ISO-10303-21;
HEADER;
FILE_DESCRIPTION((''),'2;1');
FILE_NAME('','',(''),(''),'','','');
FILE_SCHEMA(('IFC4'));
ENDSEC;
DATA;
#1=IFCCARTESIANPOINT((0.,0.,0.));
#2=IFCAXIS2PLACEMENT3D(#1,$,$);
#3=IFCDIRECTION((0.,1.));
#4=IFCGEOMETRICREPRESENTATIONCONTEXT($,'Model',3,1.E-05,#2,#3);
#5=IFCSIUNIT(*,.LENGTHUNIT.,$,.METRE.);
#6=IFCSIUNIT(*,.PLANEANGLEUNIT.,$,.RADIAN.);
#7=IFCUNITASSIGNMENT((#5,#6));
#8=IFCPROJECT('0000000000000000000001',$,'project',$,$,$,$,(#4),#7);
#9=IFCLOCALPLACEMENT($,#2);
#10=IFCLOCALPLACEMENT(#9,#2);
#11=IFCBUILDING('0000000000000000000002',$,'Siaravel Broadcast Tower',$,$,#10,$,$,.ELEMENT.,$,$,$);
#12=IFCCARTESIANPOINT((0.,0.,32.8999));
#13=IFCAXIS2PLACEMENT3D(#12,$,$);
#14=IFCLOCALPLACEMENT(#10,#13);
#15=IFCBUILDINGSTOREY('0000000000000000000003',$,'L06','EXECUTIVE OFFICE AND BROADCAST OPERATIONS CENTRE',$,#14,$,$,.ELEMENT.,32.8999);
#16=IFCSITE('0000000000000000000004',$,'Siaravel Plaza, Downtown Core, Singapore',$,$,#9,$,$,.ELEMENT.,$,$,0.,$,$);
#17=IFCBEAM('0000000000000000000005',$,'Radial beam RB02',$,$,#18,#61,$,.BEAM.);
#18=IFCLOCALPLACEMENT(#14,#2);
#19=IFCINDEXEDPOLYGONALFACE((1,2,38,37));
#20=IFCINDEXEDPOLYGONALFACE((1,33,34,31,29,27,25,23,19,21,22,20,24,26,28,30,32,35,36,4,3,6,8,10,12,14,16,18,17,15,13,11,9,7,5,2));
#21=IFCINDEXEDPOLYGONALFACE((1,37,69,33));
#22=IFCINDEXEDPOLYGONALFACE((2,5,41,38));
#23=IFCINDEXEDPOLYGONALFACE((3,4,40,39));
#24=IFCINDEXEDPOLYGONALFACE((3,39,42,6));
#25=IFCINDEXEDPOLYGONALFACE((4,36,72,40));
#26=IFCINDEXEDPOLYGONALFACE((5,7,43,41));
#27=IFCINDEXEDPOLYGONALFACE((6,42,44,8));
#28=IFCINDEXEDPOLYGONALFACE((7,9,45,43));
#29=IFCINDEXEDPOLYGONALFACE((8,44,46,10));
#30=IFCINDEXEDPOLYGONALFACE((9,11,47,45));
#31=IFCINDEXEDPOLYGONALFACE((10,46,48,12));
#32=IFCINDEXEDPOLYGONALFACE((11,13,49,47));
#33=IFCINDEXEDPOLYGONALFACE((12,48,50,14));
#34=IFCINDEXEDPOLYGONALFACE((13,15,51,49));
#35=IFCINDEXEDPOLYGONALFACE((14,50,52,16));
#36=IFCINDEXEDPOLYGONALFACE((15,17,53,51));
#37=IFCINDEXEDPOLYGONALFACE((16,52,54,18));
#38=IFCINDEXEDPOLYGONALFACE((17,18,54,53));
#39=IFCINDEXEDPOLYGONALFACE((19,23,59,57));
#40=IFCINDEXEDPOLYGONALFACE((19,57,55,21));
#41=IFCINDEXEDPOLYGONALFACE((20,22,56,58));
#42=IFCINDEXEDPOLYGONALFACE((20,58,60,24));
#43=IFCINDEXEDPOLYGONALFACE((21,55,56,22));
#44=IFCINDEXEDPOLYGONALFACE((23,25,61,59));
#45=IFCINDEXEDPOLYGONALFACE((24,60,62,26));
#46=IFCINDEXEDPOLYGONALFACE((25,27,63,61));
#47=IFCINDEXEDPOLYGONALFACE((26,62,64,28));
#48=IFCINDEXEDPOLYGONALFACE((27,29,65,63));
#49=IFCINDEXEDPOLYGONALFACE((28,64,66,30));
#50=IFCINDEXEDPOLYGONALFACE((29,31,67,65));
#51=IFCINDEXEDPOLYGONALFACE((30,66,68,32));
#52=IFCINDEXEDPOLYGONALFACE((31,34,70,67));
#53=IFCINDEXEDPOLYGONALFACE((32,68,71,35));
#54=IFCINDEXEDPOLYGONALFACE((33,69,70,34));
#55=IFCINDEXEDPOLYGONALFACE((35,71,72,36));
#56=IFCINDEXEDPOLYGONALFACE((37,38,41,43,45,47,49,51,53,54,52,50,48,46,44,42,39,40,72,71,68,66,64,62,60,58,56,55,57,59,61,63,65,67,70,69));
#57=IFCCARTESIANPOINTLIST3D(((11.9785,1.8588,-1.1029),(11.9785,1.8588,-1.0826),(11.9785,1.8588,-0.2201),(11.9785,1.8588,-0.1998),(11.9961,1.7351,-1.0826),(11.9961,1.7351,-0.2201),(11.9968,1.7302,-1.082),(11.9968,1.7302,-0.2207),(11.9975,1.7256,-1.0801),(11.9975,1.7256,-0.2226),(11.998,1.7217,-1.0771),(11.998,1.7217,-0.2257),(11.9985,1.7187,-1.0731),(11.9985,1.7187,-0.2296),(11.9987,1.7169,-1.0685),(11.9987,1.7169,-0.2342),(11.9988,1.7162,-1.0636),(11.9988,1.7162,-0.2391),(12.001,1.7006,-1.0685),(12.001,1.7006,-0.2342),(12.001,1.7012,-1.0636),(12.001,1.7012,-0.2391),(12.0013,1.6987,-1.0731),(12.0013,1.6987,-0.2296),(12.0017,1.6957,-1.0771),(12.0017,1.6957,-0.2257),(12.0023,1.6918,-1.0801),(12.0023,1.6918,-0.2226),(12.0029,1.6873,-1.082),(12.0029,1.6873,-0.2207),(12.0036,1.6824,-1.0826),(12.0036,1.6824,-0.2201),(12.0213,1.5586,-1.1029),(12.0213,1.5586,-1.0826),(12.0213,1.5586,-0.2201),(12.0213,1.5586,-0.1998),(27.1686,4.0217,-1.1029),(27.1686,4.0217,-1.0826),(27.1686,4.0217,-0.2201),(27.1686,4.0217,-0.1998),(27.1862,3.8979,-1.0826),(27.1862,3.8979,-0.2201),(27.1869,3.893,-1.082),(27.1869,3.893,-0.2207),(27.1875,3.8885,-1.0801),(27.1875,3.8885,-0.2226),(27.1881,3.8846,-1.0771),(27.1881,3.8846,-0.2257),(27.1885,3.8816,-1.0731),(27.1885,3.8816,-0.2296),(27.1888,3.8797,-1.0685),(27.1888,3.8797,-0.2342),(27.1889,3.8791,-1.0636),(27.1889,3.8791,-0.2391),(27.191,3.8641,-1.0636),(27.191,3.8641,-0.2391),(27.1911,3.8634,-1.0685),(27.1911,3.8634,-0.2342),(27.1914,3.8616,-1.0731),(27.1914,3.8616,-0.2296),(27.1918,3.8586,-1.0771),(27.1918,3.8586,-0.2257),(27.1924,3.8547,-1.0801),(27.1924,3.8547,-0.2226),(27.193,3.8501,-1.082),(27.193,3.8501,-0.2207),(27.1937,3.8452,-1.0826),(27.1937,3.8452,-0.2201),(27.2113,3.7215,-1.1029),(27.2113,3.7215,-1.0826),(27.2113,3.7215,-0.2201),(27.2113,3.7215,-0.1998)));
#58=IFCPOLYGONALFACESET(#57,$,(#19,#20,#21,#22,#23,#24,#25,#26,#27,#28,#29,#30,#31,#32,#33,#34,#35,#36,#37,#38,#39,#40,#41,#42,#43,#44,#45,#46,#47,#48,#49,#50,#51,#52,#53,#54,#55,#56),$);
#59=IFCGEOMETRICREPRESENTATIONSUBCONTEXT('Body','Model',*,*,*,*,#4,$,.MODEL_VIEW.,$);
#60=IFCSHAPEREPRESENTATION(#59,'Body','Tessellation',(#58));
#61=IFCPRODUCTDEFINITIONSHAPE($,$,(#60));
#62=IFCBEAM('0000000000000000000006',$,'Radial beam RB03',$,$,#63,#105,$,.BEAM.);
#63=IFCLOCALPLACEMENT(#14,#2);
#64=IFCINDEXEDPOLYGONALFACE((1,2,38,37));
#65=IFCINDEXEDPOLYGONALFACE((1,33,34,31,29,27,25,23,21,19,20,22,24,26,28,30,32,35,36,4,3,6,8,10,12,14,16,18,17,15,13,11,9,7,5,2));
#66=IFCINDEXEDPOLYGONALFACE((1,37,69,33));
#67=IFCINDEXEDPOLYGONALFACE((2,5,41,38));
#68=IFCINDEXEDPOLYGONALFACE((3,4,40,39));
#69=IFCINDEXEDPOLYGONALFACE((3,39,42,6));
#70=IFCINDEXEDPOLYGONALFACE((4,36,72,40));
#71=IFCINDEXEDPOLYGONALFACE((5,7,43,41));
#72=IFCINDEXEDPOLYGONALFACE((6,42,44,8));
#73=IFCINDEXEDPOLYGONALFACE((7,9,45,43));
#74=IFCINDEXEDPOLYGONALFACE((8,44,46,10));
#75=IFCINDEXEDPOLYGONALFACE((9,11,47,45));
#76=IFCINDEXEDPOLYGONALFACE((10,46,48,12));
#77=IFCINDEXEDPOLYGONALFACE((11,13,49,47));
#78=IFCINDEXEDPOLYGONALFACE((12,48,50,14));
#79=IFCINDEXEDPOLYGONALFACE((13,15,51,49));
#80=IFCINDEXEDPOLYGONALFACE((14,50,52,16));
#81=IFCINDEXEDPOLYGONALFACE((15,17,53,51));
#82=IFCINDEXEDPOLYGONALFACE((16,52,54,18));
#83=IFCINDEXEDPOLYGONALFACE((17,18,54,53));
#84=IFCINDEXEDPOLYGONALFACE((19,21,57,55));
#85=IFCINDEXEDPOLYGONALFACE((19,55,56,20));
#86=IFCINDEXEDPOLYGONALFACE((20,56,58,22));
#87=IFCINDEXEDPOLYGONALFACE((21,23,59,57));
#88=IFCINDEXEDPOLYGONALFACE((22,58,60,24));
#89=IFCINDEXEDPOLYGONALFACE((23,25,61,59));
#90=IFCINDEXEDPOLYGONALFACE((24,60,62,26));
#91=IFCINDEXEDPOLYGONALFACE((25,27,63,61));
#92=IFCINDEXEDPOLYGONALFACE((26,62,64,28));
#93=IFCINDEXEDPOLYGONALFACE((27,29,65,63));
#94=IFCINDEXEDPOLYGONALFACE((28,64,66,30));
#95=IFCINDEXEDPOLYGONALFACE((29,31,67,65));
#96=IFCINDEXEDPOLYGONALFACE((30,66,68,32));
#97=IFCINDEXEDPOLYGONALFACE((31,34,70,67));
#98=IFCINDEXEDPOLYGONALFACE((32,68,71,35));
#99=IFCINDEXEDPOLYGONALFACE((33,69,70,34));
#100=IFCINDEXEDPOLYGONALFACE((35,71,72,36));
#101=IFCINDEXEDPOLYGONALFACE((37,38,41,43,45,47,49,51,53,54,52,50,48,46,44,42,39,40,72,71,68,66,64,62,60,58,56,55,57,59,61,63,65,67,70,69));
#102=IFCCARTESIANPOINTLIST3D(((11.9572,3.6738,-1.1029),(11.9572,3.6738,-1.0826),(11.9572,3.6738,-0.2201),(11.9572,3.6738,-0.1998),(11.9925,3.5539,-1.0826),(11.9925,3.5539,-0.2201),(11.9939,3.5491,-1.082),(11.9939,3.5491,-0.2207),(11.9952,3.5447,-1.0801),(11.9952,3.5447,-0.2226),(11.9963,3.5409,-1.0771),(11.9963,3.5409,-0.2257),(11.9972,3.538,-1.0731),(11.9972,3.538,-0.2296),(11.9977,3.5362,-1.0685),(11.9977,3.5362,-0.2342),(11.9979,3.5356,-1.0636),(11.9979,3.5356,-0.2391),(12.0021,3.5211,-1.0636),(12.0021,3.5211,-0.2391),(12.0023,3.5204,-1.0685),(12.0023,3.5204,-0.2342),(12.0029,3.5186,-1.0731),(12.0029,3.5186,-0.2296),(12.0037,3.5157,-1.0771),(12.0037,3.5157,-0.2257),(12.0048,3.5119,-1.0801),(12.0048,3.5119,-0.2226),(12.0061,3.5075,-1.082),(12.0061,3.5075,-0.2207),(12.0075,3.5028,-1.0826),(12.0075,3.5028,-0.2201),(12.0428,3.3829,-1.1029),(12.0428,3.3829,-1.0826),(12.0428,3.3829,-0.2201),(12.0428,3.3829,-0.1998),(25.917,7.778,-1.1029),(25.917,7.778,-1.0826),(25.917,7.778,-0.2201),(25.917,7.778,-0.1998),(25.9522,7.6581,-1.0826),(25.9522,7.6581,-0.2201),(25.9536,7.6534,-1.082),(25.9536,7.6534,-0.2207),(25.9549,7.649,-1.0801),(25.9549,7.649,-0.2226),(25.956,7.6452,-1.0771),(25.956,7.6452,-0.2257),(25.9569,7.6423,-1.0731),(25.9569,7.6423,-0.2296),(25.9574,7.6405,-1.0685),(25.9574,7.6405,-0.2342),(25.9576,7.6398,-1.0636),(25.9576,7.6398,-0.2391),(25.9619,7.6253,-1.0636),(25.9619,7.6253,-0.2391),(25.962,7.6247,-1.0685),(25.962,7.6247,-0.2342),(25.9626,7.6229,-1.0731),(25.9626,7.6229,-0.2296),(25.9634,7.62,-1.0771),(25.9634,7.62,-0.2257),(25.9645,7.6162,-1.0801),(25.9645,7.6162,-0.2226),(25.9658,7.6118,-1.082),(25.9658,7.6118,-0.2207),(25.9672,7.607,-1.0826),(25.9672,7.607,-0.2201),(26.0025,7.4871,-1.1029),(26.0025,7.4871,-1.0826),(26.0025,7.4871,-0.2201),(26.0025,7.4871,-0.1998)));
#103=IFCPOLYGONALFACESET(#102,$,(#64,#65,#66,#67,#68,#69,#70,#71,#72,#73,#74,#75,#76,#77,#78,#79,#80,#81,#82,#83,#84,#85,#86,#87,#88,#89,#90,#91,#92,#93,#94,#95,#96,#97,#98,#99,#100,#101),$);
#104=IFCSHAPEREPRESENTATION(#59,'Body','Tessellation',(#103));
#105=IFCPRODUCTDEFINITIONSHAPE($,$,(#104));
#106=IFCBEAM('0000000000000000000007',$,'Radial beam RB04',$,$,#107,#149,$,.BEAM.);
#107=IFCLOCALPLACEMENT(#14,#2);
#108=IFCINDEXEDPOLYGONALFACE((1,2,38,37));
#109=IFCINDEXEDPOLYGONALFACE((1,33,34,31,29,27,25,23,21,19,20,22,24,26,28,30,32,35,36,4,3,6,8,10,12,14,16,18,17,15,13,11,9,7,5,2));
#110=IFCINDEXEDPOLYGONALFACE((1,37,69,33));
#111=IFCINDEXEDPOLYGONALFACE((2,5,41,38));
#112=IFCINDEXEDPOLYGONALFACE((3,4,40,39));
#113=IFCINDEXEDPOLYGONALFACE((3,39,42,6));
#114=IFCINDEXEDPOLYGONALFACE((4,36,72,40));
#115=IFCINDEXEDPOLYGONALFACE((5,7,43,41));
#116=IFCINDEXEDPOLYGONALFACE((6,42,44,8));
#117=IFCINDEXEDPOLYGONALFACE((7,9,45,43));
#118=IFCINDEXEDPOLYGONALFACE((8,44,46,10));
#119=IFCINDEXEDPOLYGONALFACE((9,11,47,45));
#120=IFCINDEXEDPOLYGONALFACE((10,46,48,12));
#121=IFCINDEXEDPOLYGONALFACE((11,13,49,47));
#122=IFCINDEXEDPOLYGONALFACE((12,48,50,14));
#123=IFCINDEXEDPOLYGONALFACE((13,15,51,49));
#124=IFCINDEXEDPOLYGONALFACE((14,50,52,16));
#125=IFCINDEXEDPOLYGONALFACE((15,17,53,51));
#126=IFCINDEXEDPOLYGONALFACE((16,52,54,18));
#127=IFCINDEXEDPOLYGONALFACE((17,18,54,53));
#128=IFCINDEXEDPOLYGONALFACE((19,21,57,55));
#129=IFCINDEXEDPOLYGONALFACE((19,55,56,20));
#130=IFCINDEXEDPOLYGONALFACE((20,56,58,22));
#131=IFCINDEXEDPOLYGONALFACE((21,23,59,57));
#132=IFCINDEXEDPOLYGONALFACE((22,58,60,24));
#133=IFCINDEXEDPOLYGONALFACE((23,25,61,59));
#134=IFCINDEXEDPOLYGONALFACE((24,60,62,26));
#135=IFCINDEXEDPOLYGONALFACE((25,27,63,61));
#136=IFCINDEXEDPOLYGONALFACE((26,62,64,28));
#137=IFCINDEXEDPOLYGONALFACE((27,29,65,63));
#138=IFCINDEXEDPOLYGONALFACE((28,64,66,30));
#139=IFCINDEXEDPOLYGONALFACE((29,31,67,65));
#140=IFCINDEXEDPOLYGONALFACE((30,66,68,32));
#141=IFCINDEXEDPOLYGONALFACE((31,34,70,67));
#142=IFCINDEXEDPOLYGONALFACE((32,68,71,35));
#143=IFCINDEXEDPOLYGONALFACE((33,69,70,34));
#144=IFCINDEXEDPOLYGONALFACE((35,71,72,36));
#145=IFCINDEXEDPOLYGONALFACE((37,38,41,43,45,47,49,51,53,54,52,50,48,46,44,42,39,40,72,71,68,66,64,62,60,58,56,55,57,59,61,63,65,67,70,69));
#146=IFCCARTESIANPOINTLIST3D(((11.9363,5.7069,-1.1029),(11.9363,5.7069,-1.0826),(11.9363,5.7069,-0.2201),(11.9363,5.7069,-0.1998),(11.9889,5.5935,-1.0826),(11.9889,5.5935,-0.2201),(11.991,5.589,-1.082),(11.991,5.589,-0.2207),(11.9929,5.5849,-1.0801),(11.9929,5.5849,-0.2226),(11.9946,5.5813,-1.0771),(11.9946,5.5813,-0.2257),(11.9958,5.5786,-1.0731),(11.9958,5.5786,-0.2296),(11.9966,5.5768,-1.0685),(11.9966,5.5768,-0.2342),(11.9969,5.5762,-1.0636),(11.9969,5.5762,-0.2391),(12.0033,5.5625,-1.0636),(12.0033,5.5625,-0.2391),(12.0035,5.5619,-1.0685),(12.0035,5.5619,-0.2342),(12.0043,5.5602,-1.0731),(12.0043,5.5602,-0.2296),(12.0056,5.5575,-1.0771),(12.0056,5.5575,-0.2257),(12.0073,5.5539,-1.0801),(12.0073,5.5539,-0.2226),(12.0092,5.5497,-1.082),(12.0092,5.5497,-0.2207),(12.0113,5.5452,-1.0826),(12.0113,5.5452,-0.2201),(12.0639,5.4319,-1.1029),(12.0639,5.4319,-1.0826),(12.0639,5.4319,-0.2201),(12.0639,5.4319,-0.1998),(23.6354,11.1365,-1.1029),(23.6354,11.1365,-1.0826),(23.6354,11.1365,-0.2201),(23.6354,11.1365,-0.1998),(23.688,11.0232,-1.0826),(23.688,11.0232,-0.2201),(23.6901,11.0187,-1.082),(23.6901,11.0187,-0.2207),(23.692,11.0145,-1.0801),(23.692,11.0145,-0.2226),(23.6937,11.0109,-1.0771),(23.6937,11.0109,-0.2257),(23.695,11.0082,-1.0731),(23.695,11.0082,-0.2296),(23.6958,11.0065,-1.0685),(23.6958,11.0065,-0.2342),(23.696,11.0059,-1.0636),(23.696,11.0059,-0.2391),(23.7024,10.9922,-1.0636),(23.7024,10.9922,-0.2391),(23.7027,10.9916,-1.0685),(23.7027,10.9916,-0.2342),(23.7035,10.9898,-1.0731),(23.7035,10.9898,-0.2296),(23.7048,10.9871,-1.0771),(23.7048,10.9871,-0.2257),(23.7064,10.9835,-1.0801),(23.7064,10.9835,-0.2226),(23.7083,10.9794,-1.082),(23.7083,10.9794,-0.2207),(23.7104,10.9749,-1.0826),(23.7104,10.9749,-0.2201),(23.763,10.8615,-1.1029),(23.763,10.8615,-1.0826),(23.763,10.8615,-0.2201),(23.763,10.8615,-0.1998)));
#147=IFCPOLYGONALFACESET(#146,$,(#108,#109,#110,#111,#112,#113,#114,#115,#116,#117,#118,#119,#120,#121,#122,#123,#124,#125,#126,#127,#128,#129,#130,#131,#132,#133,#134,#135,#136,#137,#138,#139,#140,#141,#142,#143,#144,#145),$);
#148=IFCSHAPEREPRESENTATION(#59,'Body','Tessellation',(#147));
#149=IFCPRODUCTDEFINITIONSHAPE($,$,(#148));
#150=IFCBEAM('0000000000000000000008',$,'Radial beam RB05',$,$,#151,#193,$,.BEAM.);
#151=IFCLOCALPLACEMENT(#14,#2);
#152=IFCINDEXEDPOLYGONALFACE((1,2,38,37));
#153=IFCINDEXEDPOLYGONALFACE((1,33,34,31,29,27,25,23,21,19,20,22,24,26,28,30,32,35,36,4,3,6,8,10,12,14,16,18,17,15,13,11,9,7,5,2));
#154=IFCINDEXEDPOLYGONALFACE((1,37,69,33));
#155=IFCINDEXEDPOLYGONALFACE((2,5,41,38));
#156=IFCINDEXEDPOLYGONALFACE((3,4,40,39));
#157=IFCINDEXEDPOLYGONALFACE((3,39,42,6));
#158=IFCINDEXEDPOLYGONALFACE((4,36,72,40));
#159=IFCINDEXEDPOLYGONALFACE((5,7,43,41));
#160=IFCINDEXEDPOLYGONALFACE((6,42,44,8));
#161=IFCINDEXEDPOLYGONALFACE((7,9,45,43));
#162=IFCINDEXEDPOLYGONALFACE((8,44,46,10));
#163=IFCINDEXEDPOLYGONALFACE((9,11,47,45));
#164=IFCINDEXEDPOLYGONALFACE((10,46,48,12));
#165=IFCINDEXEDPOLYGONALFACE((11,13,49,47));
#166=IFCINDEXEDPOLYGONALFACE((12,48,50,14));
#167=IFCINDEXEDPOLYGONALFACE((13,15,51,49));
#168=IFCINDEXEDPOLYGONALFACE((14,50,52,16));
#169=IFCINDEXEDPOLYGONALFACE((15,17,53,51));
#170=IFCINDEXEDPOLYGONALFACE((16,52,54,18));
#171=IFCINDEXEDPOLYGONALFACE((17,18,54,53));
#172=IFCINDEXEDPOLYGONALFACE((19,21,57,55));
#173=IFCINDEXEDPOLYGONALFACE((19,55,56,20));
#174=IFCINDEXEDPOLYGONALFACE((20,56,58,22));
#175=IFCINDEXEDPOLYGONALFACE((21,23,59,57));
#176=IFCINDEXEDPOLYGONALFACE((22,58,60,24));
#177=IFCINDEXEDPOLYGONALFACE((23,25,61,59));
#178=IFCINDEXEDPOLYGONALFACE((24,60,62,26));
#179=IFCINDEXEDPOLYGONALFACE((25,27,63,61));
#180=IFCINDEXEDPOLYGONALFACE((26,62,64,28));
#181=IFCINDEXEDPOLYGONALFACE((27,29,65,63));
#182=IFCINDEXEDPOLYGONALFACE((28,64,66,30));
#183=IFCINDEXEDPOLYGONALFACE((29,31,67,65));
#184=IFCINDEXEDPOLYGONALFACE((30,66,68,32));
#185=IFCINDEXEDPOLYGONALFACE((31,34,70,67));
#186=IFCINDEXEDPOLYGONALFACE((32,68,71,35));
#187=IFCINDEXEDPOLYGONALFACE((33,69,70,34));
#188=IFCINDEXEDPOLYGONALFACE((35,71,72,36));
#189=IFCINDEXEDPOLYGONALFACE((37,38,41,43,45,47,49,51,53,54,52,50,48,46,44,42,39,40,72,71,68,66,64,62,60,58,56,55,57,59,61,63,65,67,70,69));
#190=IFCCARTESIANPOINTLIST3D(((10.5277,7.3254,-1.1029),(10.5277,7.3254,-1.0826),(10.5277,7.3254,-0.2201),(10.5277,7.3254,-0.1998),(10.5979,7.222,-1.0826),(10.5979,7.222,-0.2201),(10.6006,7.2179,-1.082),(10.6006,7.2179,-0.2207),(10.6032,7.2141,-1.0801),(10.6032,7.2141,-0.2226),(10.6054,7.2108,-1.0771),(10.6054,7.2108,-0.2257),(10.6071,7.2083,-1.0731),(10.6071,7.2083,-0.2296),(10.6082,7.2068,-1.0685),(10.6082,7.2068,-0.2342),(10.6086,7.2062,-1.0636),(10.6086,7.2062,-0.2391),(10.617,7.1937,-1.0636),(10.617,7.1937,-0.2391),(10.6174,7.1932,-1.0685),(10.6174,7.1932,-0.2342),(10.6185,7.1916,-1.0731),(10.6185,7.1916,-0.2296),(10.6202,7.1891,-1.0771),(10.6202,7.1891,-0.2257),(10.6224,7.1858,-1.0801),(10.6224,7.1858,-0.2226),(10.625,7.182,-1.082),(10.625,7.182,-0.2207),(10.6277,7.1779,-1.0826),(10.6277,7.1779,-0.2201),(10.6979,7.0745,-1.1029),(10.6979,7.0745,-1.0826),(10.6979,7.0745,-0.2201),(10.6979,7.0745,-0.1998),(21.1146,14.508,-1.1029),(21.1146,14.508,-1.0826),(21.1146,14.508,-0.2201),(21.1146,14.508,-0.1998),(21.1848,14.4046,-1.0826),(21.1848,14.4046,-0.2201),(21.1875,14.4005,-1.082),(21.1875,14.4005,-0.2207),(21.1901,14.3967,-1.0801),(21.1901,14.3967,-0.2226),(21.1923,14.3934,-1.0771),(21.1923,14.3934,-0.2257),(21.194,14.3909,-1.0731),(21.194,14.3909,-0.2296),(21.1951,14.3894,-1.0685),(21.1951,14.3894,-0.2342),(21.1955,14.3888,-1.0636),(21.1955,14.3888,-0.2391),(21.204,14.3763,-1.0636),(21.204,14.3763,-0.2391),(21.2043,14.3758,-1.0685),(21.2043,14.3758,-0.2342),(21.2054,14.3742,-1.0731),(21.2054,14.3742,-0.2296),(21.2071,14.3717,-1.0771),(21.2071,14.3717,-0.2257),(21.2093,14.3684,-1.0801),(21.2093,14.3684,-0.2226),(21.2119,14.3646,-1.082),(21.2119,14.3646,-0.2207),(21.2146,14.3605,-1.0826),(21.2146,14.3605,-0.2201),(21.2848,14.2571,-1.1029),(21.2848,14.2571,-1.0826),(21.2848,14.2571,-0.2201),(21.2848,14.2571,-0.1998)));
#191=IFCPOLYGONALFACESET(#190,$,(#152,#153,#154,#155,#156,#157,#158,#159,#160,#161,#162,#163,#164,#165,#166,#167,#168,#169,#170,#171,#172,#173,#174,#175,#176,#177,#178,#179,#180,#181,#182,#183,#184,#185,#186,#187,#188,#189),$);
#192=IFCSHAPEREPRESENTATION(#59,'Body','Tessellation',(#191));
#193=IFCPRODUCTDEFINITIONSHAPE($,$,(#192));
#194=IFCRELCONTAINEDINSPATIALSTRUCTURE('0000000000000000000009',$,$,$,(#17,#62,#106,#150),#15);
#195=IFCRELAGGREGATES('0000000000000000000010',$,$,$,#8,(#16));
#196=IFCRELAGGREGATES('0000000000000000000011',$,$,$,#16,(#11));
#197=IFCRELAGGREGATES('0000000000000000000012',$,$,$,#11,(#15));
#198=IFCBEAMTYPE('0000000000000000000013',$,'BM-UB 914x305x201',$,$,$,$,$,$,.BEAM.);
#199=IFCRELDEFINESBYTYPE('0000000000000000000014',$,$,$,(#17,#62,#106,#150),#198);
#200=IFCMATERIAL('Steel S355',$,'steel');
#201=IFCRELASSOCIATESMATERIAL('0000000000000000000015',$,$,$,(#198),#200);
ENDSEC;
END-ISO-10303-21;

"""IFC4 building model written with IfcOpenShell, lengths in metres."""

from ifc_helpers import new_model, si_unit, direction, frame, origin, origin_2d, place, context, subcontext, project, spatial, i_section, extrude, material, material_profile, profile_set, type_object, element, save


model = new_model("IFC4")

# Units and contexts
model_context = context("Model", 3, precision=1e-05, world=origin(), true_north=direction((0.0, 1.0)))
body_context = subcontext(model_context, "Body", "Model", "MODEL_VIEW")
ifc_project = project(units=[si_unit("LENGTHUNIT", "METRE"), si_unit("PLANEANGLEUNIT", "RADIAN")], contexts=[model_context])

# Site, building, storey
site_placement = place(None, origin())
site = spatial("IfcSite", under=ifc_project, at=site_placement, Name="Siaravel Plaza, Downtown Core, Singapore", CompositionType="ELEMENT", RefElevation=0.0)
building_placement = place(site_placement, origin())
building = spatial("IfcBuilding", under=site, at=building_placement, Name="Siaravel Broadcast Tower", CompositionType="ELEMENT")
storey_placement = place(building_placement, frame((0.0, 0.0, 32.8999)))
storey = spatial("IfcBuildingStorey", under=building, at=storey_placement, Name="L06", Description="EXECUTIVE OFFICE AND BROADCAST OPERATIONS CENTRE", CompositionType="ELEMENT", Elevation=32.8999)

# Beams
ifc_material_1 = material(Name="Steel S355", Category="steel")
ifc_material_profile_1 = material_profile(ifc_material_1, i_section(OverallWidth=0.3032, OverallDepth=0.9031, WebThickness=0.0151, FlangeThickness=0.0203, FilletRadius=0.019, at=origin_2d()))
ifc_profile_set_1 = profile_set([ifc_material_profile_1], Name="Steel S355")
beam_type = type_object("IfcBeamType", Name="BM-UB 914x305x201", PredefinedType="BEAM", material=ifc_profile_set_1)
beam_1_placement = place(storey_placement, frame((27.1899, 3.8716, -0.6514), z_axis=(-0.990015, -0.140965, 0.0), x_axis=(0.140965, -0.990015, 0.0)))
element("IfcBeam", 1, at=beam_1_placement, inside=storey, type_object=beam_type, Name="Radial beam RB02", PredefinedType="BEAM", context=body_context, shape_type="SweptSolid", body=[
    extrude(i_section(OverallWidth=0.3032, OverallDepth=0.9031, WebThickness=0.0151, FlangeThickness=0.0203, FilletRadius=0.019, at=origin_2d()), origin(), (0.0, 0.0, 1.0), 15.3433),
])
beam_2_placement = place(storey_placement, frame((25.9597, 7.6326, -0.6514), z_axis=(-0.959394, -0.282068, 0.0), x_axis=(0.282068, -0.959394, 0.0)))
element("IfcBeam", 2, at=beam_2_placement, inside=storey, type_object=beam_type, Name="Radial beam RB03", PredefinedType="BEAM", context=body_context, shape_type="SweptSolid", body=[
    extrude(i_section(OverallWidth=0.3032, OverallDepth=0.9031, WebThickness=0.0151, FlangeThickness=0.0203, FilletRadius=0.019, at=origin_2d()), origin(), (0.0, 0.0, 1.0), 14.5505),
])
beam_3_placement = place(storey_placement, frame((23.6992, 10.999, -0.6514), z_axis=(-0.907071, -0.420978, 0.0), x_axis=(0.420978, -0.907071, 0.0)))
element("IfcBeam", 3, at=beam_3_placement, inside=storey, type_object=beam_type, Name="Radial beam RB04", PredefinedType="BEAM", context=body_context, shape_type="SweptSolid", body=[
    extrude(i_section(OverallWidth=0.3032, OverallDepth=0.9031, WebThickness=0.0151, FlangeThickness=0.0203, FilletRadius=0.019, at=origin_2d()), origin(), (0.0, 0.0, 1.0), 12.8977),
])
beam_4_placement = place(storey_placement, frame((21.1997, 14.3826, -0.6514), z_axis=(-0.827525, -0.561429, 0.0), x_axis=(0.561429, -0.827525, 0.0)))
element("IfcBeam", 4, at=beam_4_placement, inside=storey, type_object=beam_type, Name="Radial beam RB05", PredefinedType="BEAM", context=body_context, shape_type="SweptSolid", body=[
    extrude(i_section(OverallWidth=0.3032, OverallDepth=0.9031, WebThickness=0.0151, FlangeThickness=0.0203, FilletRadius=0.019, at=origin_2d()), origin(), (0.0, 0.0, 1.0), 12.7935),
])

save(model, "model.ifc")
